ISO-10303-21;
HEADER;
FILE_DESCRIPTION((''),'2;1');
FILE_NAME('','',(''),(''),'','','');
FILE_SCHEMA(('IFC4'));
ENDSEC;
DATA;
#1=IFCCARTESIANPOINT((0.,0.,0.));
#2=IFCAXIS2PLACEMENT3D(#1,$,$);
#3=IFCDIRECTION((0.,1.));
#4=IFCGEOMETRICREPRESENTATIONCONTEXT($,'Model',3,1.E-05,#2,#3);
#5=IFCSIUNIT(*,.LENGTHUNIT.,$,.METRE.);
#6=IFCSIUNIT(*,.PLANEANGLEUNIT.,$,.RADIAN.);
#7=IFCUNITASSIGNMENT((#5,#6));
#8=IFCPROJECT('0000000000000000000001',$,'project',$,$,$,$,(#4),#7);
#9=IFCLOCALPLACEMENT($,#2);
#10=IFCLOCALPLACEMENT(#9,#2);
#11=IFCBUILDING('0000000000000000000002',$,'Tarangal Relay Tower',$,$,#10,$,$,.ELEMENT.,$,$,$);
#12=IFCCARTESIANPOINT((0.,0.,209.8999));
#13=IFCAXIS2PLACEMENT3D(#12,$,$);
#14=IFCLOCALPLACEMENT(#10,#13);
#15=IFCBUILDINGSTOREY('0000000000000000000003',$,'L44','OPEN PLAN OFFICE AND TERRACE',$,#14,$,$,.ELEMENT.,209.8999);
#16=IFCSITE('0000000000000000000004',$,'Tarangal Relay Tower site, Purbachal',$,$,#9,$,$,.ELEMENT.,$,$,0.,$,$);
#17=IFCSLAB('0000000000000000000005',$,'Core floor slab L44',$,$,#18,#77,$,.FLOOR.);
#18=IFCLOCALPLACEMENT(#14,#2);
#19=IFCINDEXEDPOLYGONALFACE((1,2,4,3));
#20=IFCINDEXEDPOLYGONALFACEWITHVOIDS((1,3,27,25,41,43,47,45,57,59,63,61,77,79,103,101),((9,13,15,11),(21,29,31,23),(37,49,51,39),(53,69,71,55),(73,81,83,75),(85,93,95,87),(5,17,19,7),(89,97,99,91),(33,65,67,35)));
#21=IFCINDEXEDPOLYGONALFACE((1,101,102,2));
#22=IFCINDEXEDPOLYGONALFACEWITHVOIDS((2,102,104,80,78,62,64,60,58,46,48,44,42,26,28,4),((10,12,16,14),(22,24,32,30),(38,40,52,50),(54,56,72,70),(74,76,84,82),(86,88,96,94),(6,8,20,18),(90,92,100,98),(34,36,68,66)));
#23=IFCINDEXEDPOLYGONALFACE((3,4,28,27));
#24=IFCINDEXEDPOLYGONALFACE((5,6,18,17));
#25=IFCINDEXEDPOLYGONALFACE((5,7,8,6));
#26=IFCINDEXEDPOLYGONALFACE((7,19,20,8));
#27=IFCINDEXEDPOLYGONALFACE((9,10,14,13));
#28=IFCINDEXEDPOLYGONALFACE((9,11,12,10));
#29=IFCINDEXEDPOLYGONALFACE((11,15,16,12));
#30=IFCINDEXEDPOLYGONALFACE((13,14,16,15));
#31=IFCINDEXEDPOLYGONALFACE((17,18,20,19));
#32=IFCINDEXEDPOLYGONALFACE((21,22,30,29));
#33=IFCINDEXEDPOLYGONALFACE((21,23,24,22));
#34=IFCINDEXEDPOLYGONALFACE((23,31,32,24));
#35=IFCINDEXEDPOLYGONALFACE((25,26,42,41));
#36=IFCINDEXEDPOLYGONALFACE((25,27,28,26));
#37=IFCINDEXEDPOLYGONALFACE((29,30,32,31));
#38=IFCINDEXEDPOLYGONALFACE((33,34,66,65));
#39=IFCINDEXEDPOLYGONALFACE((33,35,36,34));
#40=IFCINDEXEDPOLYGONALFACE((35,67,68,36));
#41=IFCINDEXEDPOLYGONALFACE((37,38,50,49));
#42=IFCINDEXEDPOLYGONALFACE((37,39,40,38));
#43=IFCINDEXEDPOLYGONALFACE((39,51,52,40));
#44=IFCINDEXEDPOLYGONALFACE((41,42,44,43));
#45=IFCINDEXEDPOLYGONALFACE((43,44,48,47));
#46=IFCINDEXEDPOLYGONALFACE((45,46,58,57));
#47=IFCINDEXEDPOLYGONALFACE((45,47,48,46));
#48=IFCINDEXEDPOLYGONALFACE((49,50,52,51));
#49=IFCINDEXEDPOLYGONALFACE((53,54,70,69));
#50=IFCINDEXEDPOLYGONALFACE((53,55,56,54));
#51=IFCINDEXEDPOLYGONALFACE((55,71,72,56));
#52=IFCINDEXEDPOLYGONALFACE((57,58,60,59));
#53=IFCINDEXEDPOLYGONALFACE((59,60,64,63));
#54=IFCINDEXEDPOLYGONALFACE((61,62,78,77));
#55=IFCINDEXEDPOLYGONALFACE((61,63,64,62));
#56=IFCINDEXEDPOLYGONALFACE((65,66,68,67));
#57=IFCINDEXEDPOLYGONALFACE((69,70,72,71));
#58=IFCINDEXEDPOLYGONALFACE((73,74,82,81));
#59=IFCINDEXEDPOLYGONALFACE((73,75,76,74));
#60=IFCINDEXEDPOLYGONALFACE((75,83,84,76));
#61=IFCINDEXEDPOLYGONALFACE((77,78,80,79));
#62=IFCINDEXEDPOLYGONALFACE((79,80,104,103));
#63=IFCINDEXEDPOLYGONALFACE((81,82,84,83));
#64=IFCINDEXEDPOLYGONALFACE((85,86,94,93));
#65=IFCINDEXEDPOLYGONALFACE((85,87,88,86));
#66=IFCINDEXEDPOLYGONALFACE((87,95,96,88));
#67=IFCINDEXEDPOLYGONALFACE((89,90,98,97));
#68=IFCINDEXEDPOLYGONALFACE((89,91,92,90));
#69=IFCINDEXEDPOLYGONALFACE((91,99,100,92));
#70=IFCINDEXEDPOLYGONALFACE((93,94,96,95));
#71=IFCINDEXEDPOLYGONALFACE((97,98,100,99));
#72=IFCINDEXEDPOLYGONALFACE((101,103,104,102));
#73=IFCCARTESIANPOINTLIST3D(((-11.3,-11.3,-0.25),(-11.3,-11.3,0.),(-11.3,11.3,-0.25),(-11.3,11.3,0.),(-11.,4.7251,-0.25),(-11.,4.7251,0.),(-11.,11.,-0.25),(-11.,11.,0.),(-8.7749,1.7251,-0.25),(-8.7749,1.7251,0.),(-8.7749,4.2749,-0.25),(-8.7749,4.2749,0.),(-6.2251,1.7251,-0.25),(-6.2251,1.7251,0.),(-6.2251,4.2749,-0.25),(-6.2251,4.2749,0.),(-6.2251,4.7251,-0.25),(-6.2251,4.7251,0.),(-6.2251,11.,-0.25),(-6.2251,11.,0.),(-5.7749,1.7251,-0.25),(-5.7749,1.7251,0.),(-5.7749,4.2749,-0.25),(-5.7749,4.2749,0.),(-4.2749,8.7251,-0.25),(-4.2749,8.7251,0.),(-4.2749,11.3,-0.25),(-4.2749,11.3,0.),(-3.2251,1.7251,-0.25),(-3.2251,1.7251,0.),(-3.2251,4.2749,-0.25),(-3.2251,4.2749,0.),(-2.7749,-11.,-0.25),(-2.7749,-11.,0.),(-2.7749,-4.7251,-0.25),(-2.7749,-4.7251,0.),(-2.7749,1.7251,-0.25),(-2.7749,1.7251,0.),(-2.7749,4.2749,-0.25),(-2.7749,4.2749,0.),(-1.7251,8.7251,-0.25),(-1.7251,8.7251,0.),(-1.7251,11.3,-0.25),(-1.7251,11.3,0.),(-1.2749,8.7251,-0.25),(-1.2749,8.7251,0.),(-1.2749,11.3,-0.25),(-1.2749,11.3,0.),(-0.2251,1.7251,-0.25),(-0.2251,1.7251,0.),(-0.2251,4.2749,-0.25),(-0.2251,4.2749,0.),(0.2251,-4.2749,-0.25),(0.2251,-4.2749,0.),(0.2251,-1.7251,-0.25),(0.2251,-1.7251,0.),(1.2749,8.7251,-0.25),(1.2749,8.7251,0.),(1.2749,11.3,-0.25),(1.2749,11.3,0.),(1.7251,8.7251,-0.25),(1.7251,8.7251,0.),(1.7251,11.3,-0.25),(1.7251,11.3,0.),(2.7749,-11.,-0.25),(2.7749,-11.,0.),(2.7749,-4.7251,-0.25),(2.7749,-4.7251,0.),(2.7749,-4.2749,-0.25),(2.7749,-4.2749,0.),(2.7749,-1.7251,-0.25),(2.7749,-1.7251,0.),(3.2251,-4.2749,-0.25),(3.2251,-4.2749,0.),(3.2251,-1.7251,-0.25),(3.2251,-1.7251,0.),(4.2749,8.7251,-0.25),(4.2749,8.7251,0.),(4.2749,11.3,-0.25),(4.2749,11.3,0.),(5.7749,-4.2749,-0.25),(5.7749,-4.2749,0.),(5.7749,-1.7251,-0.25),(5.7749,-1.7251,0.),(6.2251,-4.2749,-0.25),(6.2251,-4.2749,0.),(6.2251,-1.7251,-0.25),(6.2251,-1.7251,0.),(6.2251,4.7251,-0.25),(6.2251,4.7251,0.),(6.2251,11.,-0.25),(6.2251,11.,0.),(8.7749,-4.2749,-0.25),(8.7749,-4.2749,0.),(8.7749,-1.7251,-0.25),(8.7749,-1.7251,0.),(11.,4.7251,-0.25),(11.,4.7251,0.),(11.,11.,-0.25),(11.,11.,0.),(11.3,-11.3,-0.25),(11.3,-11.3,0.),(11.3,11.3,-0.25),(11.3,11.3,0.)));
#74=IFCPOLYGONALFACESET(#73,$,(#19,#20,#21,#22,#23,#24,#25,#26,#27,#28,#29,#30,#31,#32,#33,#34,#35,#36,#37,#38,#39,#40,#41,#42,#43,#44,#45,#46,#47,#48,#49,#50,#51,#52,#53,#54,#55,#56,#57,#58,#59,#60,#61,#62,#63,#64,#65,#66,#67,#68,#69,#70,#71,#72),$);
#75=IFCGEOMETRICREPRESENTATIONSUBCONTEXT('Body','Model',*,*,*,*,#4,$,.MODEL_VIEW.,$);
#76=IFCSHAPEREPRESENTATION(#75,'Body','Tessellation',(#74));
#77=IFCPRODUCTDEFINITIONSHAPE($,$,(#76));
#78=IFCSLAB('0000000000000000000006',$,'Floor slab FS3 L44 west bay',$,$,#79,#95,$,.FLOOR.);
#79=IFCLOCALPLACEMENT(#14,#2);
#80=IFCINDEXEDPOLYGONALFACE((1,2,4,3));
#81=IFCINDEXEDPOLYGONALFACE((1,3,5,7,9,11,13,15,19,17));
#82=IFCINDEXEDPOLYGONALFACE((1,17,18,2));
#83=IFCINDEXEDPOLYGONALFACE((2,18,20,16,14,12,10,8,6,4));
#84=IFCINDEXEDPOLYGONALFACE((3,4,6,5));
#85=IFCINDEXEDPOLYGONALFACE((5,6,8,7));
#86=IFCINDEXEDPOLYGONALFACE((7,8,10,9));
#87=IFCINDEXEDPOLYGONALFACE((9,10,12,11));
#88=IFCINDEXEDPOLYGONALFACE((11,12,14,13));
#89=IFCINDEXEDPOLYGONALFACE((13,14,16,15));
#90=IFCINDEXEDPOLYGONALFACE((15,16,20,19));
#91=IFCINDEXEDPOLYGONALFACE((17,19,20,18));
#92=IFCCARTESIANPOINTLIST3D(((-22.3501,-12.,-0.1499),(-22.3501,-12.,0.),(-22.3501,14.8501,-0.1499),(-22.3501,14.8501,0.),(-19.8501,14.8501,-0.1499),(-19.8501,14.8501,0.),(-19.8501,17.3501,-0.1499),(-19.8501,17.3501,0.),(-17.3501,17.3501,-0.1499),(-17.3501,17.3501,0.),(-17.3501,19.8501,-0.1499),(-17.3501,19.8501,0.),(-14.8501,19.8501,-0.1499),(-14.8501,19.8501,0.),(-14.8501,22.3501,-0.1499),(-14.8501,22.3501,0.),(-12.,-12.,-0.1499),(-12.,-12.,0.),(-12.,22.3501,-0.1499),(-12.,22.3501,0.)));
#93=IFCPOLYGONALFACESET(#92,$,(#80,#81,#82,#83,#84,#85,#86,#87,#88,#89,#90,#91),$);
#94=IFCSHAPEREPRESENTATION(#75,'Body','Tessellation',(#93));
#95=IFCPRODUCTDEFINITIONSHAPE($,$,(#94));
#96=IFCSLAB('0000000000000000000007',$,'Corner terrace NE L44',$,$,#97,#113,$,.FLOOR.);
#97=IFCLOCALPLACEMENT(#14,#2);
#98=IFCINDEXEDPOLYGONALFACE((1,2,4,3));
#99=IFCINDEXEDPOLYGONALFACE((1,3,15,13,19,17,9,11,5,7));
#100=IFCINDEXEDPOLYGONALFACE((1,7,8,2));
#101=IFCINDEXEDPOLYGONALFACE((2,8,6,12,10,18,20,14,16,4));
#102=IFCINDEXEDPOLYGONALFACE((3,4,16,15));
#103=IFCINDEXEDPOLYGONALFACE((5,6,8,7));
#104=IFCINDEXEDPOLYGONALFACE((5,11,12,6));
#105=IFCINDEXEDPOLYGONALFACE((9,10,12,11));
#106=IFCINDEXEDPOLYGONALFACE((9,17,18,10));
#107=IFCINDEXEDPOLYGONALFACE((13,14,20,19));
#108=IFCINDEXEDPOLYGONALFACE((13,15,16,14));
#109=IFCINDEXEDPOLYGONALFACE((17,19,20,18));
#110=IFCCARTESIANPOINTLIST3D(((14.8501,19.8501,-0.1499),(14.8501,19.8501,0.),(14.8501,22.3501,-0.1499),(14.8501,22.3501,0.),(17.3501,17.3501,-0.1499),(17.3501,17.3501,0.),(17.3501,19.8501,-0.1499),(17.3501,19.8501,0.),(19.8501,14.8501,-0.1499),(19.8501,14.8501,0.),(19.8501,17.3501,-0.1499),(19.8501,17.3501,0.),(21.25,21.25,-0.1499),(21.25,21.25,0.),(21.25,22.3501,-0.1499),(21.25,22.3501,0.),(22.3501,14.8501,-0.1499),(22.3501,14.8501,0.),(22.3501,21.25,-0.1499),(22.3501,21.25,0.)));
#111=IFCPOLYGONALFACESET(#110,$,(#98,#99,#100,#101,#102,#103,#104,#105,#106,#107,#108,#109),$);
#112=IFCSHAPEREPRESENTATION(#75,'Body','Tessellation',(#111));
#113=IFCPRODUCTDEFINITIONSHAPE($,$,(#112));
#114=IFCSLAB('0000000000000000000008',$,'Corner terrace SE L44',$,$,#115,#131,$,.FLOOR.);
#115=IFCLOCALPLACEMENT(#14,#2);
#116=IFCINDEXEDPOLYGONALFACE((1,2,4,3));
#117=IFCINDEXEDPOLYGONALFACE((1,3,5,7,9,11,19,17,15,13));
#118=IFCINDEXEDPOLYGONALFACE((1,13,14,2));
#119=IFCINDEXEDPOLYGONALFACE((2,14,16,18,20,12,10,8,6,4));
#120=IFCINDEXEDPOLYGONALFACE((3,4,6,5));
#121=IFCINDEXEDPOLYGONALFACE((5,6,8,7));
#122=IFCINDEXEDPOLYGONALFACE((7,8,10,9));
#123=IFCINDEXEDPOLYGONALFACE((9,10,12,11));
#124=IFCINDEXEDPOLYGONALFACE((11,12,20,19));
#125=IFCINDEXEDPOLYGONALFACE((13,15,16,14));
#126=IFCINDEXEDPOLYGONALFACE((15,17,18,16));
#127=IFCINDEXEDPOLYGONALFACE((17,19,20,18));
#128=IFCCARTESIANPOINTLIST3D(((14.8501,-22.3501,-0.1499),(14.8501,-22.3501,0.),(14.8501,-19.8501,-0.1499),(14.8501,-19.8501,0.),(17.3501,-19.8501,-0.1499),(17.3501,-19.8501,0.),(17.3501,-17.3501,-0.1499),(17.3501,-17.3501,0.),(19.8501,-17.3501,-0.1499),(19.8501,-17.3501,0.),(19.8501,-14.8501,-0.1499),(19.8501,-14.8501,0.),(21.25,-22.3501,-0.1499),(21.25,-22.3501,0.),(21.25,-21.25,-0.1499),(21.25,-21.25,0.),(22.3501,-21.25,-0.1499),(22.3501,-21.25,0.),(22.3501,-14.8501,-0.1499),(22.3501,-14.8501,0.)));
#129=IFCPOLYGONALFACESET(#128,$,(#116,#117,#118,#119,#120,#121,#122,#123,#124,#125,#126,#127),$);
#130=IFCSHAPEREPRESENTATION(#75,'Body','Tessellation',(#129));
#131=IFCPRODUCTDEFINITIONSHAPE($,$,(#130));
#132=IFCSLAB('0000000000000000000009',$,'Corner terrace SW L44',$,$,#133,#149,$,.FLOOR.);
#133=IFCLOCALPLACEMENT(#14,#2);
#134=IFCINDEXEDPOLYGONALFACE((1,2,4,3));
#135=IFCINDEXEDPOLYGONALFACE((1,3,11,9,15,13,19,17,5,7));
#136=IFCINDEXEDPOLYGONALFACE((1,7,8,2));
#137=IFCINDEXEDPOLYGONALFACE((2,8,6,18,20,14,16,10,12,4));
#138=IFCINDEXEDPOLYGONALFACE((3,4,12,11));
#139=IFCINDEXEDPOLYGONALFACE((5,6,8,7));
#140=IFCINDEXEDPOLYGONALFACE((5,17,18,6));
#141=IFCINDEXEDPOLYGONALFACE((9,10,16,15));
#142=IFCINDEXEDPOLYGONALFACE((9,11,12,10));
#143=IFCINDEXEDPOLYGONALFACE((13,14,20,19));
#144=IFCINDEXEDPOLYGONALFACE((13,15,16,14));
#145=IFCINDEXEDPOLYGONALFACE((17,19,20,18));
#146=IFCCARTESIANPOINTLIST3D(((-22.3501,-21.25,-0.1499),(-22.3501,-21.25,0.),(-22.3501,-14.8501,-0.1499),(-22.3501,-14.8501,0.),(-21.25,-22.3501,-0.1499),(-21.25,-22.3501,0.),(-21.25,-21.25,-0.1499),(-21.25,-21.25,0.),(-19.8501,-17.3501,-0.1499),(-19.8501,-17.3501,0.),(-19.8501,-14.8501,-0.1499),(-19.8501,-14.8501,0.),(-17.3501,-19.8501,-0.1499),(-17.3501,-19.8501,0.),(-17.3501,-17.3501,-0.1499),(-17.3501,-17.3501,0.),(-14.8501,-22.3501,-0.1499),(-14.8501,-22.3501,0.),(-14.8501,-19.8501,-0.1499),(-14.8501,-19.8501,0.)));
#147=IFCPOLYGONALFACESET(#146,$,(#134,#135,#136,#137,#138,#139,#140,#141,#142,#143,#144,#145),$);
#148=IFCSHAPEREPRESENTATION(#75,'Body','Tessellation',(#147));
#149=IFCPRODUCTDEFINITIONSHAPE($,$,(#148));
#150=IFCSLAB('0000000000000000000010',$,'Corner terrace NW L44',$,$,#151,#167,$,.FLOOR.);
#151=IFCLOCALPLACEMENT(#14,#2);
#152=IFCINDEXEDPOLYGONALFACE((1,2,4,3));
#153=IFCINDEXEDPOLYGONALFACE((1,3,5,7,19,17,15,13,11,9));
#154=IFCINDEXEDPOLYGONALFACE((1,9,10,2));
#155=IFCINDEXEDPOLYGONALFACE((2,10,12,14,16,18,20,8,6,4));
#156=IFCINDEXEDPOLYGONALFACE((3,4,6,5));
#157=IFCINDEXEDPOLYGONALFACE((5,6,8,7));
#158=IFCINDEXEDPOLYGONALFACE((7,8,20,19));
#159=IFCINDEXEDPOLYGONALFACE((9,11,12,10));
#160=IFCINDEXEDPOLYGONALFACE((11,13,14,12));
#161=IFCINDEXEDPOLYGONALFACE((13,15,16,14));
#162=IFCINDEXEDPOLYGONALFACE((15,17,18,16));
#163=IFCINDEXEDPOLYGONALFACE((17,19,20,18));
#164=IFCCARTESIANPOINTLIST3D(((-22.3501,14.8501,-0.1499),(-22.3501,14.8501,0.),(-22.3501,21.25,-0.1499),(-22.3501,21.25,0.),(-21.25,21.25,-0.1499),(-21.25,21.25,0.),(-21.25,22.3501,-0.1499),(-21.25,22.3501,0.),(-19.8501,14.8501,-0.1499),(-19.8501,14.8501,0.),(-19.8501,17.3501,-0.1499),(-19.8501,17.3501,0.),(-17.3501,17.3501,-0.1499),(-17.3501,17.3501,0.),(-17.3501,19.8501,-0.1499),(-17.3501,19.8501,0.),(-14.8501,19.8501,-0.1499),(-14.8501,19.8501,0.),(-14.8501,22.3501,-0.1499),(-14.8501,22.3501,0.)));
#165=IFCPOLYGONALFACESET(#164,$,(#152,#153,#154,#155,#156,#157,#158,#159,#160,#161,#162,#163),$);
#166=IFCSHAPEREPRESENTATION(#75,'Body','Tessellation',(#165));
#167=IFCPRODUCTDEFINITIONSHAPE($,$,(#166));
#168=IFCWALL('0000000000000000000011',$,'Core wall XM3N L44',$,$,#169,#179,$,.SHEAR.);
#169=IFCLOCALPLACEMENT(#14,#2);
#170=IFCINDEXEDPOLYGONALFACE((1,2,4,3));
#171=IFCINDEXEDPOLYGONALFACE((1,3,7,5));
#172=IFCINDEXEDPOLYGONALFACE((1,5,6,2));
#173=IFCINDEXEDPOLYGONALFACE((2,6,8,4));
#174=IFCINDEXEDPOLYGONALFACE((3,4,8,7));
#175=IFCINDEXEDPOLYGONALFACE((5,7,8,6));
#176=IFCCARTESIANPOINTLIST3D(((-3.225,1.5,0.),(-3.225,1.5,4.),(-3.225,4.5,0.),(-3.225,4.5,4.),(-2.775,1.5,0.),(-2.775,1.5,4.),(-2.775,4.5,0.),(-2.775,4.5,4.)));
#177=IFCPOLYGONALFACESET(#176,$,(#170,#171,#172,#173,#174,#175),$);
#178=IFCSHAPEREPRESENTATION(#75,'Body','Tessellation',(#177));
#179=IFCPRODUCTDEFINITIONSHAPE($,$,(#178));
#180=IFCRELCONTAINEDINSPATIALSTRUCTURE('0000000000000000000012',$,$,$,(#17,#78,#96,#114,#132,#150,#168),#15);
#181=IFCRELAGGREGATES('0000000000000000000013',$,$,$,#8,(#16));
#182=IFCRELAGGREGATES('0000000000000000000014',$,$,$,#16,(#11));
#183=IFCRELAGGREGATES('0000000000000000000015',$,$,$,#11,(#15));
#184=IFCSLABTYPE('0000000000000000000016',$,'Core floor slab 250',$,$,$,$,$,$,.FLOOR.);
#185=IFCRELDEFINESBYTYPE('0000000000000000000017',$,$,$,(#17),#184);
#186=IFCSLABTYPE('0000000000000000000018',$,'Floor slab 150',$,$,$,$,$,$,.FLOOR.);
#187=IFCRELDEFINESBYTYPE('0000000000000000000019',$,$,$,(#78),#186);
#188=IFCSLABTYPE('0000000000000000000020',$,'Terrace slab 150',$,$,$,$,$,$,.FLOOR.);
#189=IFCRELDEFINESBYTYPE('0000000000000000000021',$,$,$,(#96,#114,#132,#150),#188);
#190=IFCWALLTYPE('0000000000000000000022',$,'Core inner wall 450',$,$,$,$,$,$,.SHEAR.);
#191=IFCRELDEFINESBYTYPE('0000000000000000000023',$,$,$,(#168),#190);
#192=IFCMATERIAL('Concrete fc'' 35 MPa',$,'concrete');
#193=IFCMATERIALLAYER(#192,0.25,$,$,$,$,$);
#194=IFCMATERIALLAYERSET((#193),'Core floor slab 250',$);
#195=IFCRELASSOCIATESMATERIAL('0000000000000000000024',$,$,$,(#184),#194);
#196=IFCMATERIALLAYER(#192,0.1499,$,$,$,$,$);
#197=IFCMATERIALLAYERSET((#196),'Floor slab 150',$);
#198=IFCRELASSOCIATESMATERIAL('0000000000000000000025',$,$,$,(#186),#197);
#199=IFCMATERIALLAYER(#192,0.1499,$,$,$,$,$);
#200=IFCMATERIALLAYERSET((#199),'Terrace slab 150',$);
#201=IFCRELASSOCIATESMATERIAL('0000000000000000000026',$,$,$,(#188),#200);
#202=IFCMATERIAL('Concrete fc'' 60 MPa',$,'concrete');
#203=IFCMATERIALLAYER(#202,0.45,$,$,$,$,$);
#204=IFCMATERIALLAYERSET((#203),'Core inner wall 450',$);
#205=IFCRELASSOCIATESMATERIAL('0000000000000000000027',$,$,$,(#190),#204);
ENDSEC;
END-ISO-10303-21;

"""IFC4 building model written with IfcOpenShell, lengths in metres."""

from ifc_helpers import new_model, si_unit, direction, frame, frame_2d, origin, place, context, subcontext, project, spatial, polyline, rectangle, outline, extrude, material, layer, layer_set, type_object, element, save


model = new_model("IFC4")

# Units and contexts
model_context = context("Model", 3, precision=1e-05, world=origin(), true_north=direction((0.0, 1.0)))
body_context = subcontext(model_context, "Body", "Model", "MODEL_VIEW")
ifc_project = project(units=[si_unit("LENGTHUNIT", "METRE"), si_unit("PLANEANGLEUNIT", "RADIAN")], contexts=[model_context])

# Site, building, storey
site_placement = place(None, origin())
site = spatial("IfcSite", under=ifc_project, at=site_placement, Name="Tarangal Relay Tower site, Purbachal", CompositionType="ELEMENT", RefElevation=0.0)
building_placement = place(site_placement, origin())
building = spatial("IfcBuilding", under=site, at=building_placement, Name="Tarangal Relay Tower", CompositionType="ELEMENT")
storey_placement = place(building_placement, frame((0.0, 0.0, 209.8999)))
storey = spatial("IfcBuildingStorey", under=building, at=storey_placement, Name="L44", Description="OPEN PLAN OFFICE AND TERRACE", CompositionType="ELEMENT", Elevation=209.8999)

# Slabs
ifc_material_1 = material(Name="Concrete fc' 35 MPa", Category="concrete")
ifc_layer_1 = layer(ifc_material_1, 0.25)
ifc_layer_set_1 = layer_set([ifc_layer_1], Name="Core floor slab 250")
slab_type_1 = type_object("IfcSlabType", Name="Core floor slab 250", PredefinedType="FLOOR", material=ifc_layer_set_1)
slab_1_placement = place(storey_placement, frame((0.0, 0.0, -0.25)))
element("IfcSlab", 1, at=slab_1_placement, inside=storey, type_object=slab_type_1, Name="Core floor slab L44", PredefinedType="FLOOR", context=body_context, shape_type="SweptSolid", body=[
    extrude(outline(polyline([(11.3, 11.3), (11.3, -11.3), (-11.3, -11.3), (-11.3, 11.3), (-4.2749, 11.3), (-4.2749, 8.7251), (-1.7251, 8.7251), (-1.7251, 11.3), (-1.2749, 11.3), (-1.2749, 8.7251), (1.2749, 8.7251), (1.2749, 11.3), (1.7251, 11.3), (1.7251, 8.7251), (4.2749, 8.7251), (4.2749, 11.3), (11.3, 11.3)]), holes=[polyline([(-6.2251, 4.2749), (-8.7749, 4.2749), (-8.7749, 1.7251), (-6.2251, 1.7251), (-6.2251, 4.2749)]), polyline([(-3.2251, 1.7251), (-3.2251, 4.2749), (-5.7749, 4.2749), (-5.7749, 1.7251), (-3.2251, 1.7251)]), polyline([(-0.2251, 1.7251), (-0.2251, 4.2749), (-2.7749, 4.2749), (-2.7749, 1.7251), (-0.2251, 1.7251)]), polyline([(-6.2251, 11.0), (-11.0, 11.0), (-11.0, 4.7251), (-6.2251, 4.7251), (-6.2251, 11.0)]), polyline([(2.7749, -4.7251), (-2.7749, -4.7251), (-2.7749, -11.0), (2.7749, -11.0), (2.7749, -4.7251)]), polyline([(2.7749, -4.2749), (2.7749, -1.7251), (0.2251, -1.7251), (0.2251, -4.2749), (2.7749, -4.2749)]), polyline([(5.7749, -4.2749), (5.7749, -1.7251), (3.2251, -1.7251), (3.2251, -4.2749), (5.7749, -4.2749)]), polyline([(8.7749, -1.7251), (6.2251, -1.7251), (6.2251, -4.2749), (8.7749, -4.2749), (8.7749, -1.7251)]), polyline([(11.0, 4.7251), (11.0, 11.0), (6.2251, 11.0), (6.2251, 4.7251), (11.0, 4.7251)])]), origin(), (0.0, 0.0, 1.0), 0.25),
])
ifc_layer_2 = layer(ifc_material_1, 0.1499)
ifc_layer_set_2 = layer_set([ifc_layer_2], Name="Floor slab 150")
slab_type_2 = type_object("IfcSlabType", Name="Floor slab 150", PredefinedType="FLOOR", material=ifc_layer_set_2)
slab_2_placement = place(storey_placement, frame((0.0, 0.0, -0.1499)))
element("IfcSlab", 2, at=slab_2_placement, inside=storey, type_object=slab_type_2, Name="Floor slab FS3 L44 west bay", PredefinedType="FLOOR", context=body_context, shape_type="SweptSolid", body=[
    extrude(outline(polyline([(-12.0, 22.3501), (-12.0, -12.0), (-22.3501, -12.0), (-22.3501, 14.8501), (-19.8501, 14.8501), (-19.8501, 17.3501), (-17.3501, 17.3501), (-17.3501, 19.8501), (-14.8501, 19.8501), (-14.8501, 22.3501), (-12.0, 22.3501)])), origin(), (0.0, 0.0, 1.0), 0.1499),
])
ifc_layer_3 = layer(ifc_material_1, 0.1499)
ifc_layer_set_3 = layer_set([ifc_layer_3], Name="Terrace slab 150")
slab_type_3 = type_object("IfcSlabType", Name="Terrace slab 150", PredefinedType="FLOOR", material=ifc_layer_set_3)
slab_3_placement = place(storey_placement, frame((0.0, 0.0, -0.1499)))
element("IfcSlab", 3, at=slab_3_placement, inside=storey, type_object=slab_type_3, Name="Corner terrace NE L44", PredefinedType="FLOOR", context=body_context, shape_type="SweptSolid", body=[
    extrude(outline(polyline([(14.8501, 22.3501), (14.8501, 19.8501), (17.3501, 19.8501), (17.3501, 17.3501), (19.8501, 17.3501), (19.8501, 14.8501), (22.3501, 14.8501), (22.3501, 21.25), (21.25, 21.25), (21.25, 22.3501), (14.8501, 22.3501)])), origin(), (0.0, 0.0, 1.0), 0.1499),
])
slab_4_placement = place(storey_placement, frame((0.0, 0.0, -0.1499)))
element("IfcSlab", 4, at=slab_4_placement, inside=storey, type_object=slab_type_3, Name="Corner terrace SE L44", PredefinedType="FLOOR", context=body_context, shape_type="SweptSolid", body=[
    extrude(outline(polyline([(22.3501, -14.8501), (19.8501, -14.8501), (19.8501, -17.3501), (17.3501, -17.3501), (17.3501, -19.8501), (14.8501, -19.8501), (14.8501, -22.3501), (21.25, -22.3501), (21.25, -21.25), (22.3501, -21.25), (22.3501, -14.8501)])), origin(), (0.0, 0.0, 1.0), 0.1499),
])
slab_5_placement = place(storey_placement, frame((0.0, 0.0, -0.1499)))
element("IfcSlab", 5, at=slab_5_placement, inside=storey, type_object=slab_type_3, Name="Corner terrace SW L44", PredefinedType="FLOOR", context=body_context, shape_type="SweptSolid", body=[
    extrude(outline(polyline([(-14.8501, -22.3501), (-14.8501, -19.8501), (-17.3501, -19.8501), (-17.3501, -17.3501), (-19.8501, -17.3501), (-19.8501, -14.8501), (-22.3501, -14.8501), (-22.3501, -21.25), (-21.25, -21.25), (-21.25, -22.3501), (-14.8501, -22.3501)])), origin(), (0.0, 0.0, 1.0), 0.1499),
])
slab_6_placement = place(storey_placement, frame((0.0, 0.0, -0.1499)))
element("IfcSlab", 6, at=slab_6_placement, inside=storey, type_object=slab_type_3, Name="Corner terrace NW L44", PredefinedType="FLOOR", context=body_context, shape_type="SweptSolid", body=[
    extrude(outline(polyline([(-22.3501, 14.8501), (-19.8501, 14.8501), (-19.8501, 17.3501), (-17.3501, 17.3501), (-17.3501, 19.8501), (-14.8501, 19.8501), (-14.8501, 22.3501), (-21.25, 22.3501), (-21.25, 21.25), (-22.3501, 21.25), (-22.3501, 14.8501)])), origin(), (0.0, 0.0, 1.0), 0.1499),
])

# Shared definitions
ifc_material_2 = material(Name="Concrete fc' 60 MPa", Category="concrete")
ifc_layer_4 = layer(ifc_material_2, 0.45)
ifc_layer_set_4 = layer_set([ifc_layer_4], Name="Core inner wall 450")
wall_type = type_object("IfcWallType", Name="Core inner wall 450", PredefinedType="SHEAR", material=ifc_layer_set_4)

# Wall
for number, where, z_axis, x_axis, name in (
    (7, (-3.0, 1.5, 0.0), (0.0, 0.0, 1.0), (0.0, 1.0, 0.0), "Core wall XM3N L44"),
):
    element("IfcWall", number, at=place(storey_placement, frame(where, z_axis=z_axis, x_axis=x_axis)), inside=storey, type_object=wall_type, Name=name, PredefinedType="SHEAR", context=body_context, shape_type="SweptSolid", body=[
        extrude(rectangle(XDim=3.0, YDim=0.45, at=frame_2d((1.5, 0.0))), origin(), (0.0, 0.0, 1.0), 4.0),
    ])

save(model, "model.ifc")
